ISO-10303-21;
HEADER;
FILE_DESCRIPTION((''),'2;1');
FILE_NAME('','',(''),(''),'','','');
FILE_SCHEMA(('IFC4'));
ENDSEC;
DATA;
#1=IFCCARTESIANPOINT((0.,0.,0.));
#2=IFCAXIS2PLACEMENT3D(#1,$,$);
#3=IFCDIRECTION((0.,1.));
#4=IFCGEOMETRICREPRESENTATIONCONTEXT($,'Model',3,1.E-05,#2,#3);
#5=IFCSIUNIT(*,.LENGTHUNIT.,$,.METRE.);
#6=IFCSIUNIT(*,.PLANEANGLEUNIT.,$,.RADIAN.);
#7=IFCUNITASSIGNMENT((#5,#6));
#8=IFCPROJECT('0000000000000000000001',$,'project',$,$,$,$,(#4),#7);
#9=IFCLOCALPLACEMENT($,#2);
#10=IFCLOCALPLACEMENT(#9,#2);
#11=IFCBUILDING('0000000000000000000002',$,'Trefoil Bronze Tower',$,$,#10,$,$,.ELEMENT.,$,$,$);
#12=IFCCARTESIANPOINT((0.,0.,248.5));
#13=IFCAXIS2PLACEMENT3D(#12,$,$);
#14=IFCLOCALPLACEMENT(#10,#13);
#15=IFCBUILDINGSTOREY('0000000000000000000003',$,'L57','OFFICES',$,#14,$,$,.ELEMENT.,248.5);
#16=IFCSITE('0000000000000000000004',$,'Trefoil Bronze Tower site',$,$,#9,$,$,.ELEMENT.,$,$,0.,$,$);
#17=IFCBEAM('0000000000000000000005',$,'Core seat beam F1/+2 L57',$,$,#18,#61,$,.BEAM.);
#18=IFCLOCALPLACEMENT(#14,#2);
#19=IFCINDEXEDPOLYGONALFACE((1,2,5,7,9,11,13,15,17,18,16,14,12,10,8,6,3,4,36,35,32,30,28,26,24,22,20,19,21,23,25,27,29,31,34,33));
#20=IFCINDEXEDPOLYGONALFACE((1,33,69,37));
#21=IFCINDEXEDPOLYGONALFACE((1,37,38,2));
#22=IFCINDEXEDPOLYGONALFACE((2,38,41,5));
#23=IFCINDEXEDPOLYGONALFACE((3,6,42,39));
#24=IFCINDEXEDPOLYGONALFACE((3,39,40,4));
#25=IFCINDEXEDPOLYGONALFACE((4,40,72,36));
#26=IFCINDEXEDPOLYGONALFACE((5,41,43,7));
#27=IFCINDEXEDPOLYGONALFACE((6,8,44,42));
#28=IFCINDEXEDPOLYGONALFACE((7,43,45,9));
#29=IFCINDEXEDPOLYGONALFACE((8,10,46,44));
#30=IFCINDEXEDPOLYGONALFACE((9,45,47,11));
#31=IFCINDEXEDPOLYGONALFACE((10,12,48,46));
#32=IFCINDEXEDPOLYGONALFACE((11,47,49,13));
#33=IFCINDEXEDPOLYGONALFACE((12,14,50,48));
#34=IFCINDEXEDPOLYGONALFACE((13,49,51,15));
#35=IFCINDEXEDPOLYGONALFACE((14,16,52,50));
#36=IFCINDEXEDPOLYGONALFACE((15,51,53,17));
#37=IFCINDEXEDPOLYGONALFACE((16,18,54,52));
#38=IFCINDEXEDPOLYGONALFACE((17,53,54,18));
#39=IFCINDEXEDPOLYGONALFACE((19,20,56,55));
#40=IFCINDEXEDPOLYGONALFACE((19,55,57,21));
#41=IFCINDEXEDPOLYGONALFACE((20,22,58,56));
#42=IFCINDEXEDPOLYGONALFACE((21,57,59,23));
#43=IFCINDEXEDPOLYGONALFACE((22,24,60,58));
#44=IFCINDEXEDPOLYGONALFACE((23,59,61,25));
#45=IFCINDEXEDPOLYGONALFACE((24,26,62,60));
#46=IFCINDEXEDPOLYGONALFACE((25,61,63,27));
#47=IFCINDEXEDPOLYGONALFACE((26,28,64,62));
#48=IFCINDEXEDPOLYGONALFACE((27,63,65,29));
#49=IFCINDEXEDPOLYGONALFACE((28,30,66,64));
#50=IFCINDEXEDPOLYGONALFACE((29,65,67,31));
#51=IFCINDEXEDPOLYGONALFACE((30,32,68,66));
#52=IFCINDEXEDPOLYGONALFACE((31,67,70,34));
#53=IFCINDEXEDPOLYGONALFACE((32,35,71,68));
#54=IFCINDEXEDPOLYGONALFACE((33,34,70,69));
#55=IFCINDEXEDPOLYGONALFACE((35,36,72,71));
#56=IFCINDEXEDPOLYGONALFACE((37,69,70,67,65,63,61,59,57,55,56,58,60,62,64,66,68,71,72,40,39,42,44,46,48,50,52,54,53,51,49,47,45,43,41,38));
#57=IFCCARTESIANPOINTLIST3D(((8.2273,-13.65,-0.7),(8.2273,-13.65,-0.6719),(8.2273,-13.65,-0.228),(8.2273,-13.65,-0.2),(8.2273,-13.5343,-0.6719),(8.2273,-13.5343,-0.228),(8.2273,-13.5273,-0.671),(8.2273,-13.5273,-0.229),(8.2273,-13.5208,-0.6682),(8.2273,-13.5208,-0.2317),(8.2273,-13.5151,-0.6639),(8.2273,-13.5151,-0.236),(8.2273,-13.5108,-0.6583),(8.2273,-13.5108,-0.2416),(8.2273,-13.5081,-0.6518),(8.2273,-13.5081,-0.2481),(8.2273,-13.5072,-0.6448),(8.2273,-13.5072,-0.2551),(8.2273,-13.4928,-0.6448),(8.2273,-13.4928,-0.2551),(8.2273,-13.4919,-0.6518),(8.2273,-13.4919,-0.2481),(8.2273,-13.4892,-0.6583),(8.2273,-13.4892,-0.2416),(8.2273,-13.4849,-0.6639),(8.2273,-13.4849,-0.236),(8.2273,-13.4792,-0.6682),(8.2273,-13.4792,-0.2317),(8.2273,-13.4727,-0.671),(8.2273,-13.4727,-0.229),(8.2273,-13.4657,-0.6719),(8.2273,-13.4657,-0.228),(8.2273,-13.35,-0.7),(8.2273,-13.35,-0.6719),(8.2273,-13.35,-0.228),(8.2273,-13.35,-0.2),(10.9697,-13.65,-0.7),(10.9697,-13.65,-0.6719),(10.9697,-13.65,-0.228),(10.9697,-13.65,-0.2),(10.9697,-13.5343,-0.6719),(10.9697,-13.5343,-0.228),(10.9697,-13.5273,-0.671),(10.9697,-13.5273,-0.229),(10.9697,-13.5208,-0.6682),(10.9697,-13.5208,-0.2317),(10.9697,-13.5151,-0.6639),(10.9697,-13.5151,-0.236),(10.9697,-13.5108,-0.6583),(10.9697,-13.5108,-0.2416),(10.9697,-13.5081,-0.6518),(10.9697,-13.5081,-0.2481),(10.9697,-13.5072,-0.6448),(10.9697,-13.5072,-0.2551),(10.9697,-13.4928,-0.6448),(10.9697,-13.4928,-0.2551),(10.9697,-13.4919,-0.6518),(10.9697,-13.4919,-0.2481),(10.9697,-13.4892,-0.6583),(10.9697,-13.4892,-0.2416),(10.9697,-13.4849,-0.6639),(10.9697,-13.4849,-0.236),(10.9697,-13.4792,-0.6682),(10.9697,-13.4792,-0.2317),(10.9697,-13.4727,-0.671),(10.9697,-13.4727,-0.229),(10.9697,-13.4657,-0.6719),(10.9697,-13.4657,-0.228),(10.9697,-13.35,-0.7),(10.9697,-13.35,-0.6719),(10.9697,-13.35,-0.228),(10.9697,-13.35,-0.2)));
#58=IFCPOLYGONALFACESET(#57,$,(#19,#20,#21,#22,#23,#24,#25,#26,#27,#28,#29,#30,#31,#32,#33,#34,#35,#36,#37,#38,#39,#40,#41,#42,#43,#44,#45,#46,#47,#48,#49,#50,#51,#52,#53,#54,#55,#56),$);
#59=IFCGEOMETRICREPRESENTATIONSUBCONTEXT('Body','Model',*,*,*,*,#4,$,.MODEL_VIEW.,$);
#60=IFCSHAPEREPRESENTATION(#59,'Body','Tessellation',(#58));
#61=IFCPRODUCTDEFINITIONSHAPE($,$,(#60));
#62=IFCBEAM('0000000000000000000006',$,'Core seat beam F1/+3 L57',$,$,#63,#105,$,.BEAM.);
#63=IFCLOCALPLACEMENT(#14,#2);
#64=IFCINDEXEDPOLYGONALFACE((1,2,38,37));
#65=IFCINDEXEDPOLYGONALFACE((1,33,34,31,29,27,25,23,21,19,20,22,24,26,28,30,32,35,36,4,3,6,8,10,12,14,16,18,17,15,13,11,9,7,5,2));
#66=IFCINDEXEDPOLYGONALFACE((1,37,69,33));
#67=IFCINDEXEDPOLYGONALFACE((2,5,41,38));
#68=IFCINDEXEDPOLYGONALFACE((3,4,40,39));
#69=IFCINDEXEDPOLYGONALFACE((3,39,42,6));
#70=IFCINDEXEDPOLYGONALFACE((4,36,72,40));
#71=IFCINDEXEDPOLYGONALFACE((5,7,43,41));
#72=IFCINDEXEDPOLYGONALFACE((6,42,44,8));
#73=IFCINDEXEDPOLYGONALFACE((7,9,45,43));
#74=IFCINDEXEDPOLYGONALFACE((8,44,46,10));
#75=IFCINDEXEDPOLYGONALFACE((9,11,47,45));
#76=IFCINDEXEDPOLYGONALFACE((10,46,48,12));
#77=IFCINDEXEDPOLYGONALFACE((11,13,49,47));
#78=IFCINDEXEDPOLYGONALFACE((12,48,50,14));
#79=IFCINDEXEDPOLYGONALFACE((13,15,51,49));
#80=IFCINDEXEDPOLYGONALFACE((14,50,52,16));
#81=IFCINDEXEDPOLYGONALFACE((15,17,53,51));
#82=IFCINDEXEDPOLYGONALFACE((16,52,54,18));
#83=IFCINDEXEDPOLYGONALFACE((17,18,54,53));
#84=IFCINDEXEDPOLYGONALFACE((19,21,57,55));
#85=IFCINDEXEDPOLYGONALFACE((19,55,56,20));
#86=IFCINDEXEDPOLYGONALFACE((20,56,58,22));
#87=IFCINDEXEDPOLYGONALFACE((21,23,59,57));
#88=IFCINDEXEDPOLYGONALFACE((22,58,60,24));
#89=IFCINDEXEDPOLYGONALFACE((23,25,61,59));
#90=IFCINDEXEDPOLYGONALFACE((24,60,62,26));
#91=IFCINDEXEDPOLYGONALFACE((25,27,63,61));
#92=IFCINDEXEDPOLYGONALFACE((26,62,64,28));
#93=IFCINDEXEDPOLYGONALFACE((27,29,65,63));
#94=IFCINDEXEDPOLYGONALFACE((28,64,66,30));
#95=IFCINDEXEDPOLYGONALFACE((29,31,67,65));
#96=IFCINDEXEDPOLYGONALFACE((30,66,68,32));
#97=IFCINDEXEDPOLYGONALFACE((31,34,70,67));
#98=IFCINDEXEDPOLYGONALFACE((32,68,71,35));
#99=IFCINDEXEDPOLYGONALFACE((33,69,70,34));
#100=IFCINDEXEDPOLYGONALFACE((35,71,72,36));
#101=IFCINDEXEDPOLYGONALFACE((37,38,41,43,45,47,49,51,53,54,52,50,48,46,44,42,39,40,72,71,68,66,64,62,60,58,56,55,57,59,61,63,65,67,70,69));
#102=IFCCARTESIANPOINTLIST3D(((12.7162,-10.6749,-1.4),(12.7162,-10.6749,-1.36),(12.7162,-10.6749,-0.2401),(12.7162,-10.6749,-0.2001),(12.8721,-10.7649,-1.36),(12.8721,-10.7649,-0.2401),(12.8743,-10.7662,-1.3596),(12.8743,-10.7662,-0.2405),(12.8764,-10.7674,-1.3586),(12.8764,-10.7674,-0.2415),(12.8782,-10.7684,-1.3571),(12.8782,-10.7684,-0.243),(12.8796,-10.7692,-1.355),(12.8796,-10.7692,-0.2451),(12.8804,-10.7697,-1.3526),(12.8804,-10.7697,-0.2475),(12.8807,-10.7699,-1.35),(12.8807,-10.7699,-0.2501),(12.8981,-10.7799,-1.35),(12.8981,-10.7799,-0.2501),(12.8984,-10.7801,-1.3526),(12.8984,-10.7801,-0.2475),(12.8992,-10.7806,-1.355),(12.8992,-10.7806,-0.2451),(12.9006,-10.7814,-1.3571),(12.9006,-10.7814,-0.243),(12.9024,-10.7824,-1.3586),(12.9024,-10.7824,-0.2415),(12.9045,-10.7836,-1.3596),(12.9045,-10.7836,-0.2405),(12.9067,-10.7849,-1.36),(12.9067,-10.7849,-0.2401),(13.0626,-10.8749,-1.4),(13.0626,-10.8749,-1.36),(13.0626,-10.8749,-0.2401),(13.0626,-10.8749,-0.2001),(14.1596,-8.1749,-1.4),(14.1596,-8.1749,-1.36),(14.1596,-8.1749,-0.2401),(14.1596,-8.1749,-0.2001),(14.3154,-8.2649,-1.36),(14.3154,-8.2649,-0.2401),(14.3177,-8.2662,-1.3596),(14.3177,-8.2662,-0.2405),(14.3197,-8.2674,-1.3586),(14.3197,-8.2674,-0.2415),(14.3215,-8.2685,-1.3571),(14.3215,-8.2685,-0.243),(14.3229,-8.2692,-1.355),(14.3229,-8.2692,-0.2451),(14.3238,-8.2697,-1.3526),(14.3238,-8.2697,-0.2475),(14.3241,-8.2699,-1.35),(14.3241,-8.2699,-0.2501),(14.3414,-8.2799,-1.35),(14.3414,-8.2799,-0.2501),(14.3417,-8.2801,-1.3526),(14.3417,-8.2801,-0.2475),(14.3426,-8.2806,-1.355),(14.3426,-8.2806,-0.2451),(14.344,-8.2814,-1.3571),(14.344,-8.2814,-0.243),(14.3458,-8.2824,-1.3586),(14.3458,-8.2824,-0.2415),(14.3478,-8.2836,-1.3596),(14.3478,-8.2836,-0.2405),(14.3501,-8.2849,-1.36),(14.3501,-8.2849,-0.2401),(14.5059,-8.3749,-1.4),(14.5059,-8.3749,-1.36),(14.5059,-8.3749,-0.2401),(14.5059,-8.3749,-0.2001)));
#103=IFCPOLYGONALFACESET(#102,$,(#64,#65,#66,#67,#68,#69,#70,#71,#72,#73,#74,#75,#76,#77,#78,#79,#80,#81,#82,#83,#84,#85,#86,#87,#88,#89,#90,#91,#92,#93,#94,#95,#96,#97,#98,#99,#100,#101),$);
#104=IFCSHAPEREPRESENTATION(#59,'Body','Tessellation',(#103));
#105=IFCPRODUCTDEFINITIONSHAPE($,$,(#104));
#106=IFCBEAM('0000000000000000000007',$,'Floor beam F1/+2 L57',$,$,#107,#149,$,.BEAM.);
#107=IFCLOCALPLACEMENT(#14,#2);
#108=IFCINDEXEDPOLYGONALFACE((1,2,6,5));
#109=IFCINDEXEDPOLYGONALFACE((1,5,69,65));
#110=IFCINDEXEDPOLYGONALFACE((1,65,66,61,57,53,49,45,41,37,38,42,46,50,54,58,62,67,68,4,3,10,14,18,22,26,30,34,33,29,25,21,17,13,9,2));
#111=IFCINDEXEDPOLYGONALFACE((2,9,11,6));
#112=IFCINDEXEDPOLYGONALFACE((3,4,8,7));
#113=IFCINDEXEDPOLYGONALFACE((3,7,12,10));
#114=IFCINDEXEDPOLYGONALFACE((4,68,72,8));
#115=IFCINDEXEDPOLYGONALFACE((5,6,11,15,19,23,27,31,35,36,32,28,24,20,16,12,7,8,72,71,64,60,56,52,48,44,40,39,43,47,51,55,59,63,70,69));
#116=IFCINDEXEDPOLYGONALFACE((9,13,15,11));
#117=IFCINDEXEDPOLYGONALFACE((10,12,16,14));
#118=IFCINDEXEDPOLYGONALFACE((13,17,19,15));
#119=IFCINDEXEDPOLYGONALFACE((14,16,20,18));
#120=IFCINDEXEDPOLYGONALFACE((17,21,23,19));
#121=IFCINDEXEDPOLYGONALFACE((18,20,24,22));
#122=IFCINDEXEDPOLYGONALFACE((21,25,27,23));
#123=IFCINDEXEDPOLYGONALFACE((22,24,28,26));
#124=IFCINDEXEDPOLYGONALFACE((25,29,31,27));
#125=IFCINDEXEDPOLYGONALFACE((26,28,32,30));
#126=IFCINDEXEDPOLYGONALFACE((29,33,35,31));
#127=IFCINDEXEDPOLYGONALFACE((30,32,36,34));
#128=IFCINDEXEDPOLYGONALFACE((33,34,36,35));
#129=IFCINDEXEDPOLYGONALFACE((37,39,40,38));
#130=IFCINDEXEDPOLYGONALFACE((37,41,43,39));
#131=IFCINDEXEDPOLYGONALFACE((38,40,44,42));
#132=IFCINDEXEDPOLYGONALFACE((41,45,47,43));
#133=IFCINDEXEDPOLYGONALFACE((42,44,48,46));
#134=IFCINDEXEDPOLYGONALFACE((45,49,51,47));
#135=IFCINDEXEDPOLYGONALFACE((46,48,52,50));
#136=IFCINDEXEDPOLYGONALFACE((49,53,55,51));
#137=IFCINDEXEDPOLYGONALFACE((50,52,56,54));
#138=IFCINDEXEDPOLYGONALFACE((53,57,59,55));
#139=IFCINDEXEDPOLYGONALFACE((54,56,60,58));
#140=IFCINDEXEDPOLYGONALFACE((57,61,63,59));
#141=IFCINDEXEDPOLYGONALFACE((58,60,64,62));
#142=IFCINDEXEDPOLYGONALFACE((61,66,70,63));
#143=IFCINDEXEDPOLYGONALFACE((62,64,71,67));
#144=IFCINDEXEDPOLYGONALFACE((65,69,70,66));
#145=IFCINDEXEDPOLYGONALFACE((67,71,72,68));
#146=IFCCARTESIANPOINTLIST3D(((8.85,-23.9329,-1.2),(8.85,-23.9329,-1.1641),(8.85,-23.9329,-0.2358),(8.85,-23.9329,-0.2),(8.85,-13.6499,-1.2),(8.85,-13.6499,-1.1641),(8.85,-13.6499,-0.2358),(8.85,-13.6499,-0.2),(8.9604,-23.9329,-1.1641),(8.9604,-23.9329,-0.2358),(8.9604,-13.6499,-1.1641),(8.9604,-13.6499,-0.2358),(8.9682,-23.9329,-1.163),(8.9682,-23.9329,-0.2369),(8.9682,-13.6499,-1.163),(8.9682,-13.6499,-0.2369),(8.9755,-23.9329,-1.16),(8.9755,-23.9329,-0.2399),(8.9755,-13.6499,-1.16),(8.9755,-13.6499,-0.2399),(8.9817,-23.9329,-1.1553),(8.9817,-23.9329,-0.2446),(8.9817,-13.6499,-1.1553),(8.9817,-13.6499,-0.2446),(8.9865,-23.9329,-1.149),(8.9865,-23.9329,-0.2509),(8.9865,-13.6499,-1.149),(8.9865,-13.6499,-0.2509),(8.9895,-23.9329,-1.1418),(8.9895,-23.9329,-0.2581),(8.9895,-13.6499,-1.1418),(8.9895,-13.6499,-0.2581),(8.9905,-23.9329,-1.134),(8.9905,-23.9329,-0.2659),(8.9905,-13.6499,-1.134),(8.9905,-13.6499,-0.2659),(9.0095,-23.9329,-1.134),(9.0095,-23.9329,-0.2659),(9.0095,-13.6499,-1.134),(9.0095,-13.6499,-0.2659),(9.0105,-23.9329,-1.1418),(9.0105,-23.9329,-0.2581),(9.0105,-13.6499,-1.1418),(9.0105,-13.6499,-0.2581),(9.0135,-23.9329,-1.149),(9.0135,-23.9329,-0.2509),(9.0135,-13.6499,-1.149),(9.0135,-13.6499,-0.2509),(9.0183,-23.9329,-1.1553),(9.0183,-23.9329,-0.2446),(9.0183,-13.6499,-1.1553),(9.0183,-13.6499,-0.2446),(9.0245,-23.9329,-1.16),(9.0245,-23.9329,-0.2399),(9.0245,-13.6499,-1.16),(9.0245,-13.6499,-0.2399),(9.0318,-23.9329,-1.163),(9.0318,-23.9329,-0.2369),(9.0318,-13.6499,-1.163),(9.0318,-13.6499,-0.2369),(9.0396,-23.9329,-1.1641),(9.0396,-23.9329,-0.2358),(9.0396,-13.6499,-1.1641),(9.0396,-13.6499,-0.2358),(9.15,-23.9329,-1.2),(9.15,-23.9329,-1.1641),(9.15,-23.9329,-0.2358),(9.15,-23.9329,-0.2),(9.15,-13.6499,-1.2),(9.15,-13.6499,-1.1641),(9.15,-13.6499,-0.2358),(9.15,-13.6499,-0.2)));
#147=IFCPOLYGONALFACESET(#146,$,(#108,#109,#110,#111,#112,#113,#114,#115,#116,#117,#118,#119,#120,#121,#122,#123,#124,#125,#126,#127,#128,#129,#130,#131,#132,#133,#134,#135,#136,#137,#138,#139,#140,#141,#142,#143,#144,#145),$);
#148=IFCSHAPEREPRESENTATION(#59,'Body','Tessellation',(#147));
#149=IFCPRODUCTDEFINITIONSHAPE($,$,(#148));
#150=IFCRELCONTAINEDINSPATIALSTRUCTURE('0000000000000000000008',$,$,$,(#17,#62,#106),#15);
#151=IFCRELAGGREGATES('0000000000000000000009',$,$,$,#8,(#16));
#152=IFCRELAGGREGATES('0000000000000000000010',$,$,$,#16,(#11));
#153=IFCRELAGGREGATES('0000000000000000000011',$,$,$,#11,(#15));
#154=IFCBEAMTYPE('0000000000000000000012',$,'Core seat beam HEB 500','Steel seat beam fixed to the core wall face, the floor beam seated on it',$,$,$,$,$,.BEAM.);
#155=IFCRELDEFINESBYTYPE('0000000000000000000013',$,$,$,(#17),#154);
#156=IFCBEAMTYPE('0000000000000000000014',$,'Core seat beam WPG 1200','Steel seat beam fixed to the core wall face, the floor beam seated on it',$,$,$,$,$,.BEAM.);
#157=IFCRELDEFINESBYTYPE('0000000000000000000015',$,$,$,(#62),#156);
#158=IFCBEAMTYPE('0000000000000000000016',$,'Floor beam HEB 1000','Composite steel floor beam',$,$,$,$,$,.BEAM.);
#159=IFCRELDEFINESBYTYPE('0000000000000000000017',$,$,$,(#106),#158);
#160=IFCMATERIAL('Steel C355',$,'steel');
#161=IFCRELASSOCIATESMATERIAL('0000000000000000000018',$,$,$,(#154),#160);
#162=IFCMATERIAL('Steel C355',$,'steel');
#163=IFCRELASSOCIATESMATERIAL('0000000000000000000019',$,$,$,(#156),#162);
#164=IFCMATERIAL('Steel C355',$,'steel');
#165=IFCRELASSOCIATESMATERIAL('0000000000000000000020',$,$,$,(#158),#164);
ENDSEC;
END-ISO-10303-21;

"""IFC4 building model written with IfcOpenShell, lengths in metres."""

from ifc_helpers import new_model, si_unit, direction, frame, origin, origin_2d, place, context, subcontext, project, spatial, i_section, extrude, material, material_profile, profile_set, type_object, element, save


model = new_model("IFC4")

# Units and contexts
model_context = context("Model", 3, precision=1e-05, world=origin(), true_north=direction((0.0, 1.0)))
body_context = subcontext(model_context, "Body", "Model", "MODEL_VIEW")
ifc_project = project(units=[si_unit("LENGTHUNIT", "METRE"), si_unit("PLANEANGLEUNIT", "RADIAN")], contexts=[model_context])

# Site, building, storey
site_placement = place(None, origin())
site = spatial("IfcSite", under=ifc_project, at=site_placement, Name="Trefoil Bronze Tower site", CompositionType="ELEMENT", RefElevation=0.0)
building_placement = place(site_placement, origin())
building = spatial("IfcBuilding", under=site, at=building_placement, Name="Trefoil Bronze Tower", CompositionType="ELEMENT")
storey_placement = place(building_placement, frame((0.0, 0.0, 248.5)))
storey = spatial("IfcBuildingStorey", under=building, at=storey_placement, Name="L57", Description="OFFICES", CompositionType="ELEMENT", Elevation=248.5)

# Beams
ifc_material_1 = material(Name="Steel C355", Category="steel")
ifc_material_profile_1 = material_profile(ifc_material_1, i_section(OverallWidth=0.3, OverallDepth=0.5, WebThickness=0.0144, FlangeThickness=0.0281, FilletRadius=0.0271, at=origin_2d()), Name="HEB 500")
ifc_profile_set_1 = profile_set([ifc_material_profile_1], Name="Steel C355")
beam_type_1 = type_object("IfcBeamType", Name="Core seat beam HEB 500", Description="Steel seat beam fixed to the core wall face, the floor beam seated on it", PredefinedType="BEAM", material=ifc_profile_set_1)
for number, where, z_axis, x_axis, name in (
    (1, (8.2273, -13.5, -0.45), (1.0, 0.0, 0.0), (0.0, 1.0, 0.0), "Core seat beam F1/+2 L57"),
):
    element("IfcBeam", number, at=place(storey_placement, frame(where, z_axis=z_axis, x_axis=x_axis)), inside=storey, type_object=beam_type_1, Name=name, PredefinedType="BEAM", context=body_context, shape_type="SweptSolid", body=[
        extrude(i_section(OverallWidth=0.3, OverallDepth=0.5, WebThickness=0.0144, FlangeThickness=0.0281, FilletRadius=0.0271, at=origin_2d()), origin(), (0.0, 0.0, 1.0), 2.7424),
    ])
ifc_material_2 = material(Name="Steel C355", Category="steel")
ifc_material_profile_2 = material_profile(ifc_material_2, i_section(OverallWidth=0.3999, OverallDepth=1.2, WebThickness=0.02, FlangeThickness=0.04, FilletRadius=0.01, at=origin_2d()), Name="WPG 1200")
ifc_profile_set_2 = profile_set([ifc_material_profile_2], Name="Steel C355")
beam_type_2 = type_object("IfcBeamType", Name="Core seat beam WPG 1200", Description="Steel seat beam fixed to the core wall face, the floor beam seated on it", PredefinedType="BEAM", material=ifc_profile_set_2)
beam_1_placement = place(storey_placement, frame((12.8894, -10.7749, -0.8), z_axis=(0.499996, 0.866028, 0.0), x_axis=(-0.866028, 0.499996, 0.0)))
element("IfcBeam", 2, at=beam_1_placement, inside=storey, type_object=beam_type_2, Name="Core seat beam F1/+3 L57", PredefinedType="BEAM", context=body_context, shape_type="SweptSolid", body=[
    extrude(i_section(OverallWidth=0.3999, OverallDepth=1.2, WebThickness=0.02, FlangeThickness=0.04, FilletRadius=0.01, at=origin_2d()), origin(), (0.0, 0.0, 1.0), 2.8867),
])
ifc_material_3 = material(Name="Steel C355", Category="steel")
ifc_material_profile_3 = material_profile(ifc_material_3, i_section(OverallWidth=0.3, OverallDepth=1.0, WebThickness=0.019, FlangeThickness=0.0359, FilletRadius=0.03, at=origin_2d()), Name="HEB 1000")
ifc_profile_set_3 = profile_set([ifc_material_profile_3], Name="Steel C355")
beam_type_3 = type_object("IfcBeamType", Name="Floor beam HEB 1000", Description="Composite steel floor beam", PredefinedType="BEAM", material=ifc_profile_set_3)
beam_2_placement = place(storey_placement, frame((9.0, -23.9329, -0.7), z_axis=(0.0, 1.0, 0.0), x_axis=(-1.0, 0.0, 0.0)))
element("IfcBeam", 3, at=beam_2_placement, inside=storey, type_object=beam_type_3, Name="Floor beam F1/+2 L57", PredefinedType="BEAM", context=body_context, shape_type="SweptSolid", body=[
    extrude(i_section(OverallWidth=0.3, OverallDepth=1.0, WebThickness=0.019, FlangeThickness=0.0359, FilletRadius=0.03, at=origin_2d()), origin(), (0.0, 0.0, 1.0), 10.283),
])

save(model, "model.ifc")
